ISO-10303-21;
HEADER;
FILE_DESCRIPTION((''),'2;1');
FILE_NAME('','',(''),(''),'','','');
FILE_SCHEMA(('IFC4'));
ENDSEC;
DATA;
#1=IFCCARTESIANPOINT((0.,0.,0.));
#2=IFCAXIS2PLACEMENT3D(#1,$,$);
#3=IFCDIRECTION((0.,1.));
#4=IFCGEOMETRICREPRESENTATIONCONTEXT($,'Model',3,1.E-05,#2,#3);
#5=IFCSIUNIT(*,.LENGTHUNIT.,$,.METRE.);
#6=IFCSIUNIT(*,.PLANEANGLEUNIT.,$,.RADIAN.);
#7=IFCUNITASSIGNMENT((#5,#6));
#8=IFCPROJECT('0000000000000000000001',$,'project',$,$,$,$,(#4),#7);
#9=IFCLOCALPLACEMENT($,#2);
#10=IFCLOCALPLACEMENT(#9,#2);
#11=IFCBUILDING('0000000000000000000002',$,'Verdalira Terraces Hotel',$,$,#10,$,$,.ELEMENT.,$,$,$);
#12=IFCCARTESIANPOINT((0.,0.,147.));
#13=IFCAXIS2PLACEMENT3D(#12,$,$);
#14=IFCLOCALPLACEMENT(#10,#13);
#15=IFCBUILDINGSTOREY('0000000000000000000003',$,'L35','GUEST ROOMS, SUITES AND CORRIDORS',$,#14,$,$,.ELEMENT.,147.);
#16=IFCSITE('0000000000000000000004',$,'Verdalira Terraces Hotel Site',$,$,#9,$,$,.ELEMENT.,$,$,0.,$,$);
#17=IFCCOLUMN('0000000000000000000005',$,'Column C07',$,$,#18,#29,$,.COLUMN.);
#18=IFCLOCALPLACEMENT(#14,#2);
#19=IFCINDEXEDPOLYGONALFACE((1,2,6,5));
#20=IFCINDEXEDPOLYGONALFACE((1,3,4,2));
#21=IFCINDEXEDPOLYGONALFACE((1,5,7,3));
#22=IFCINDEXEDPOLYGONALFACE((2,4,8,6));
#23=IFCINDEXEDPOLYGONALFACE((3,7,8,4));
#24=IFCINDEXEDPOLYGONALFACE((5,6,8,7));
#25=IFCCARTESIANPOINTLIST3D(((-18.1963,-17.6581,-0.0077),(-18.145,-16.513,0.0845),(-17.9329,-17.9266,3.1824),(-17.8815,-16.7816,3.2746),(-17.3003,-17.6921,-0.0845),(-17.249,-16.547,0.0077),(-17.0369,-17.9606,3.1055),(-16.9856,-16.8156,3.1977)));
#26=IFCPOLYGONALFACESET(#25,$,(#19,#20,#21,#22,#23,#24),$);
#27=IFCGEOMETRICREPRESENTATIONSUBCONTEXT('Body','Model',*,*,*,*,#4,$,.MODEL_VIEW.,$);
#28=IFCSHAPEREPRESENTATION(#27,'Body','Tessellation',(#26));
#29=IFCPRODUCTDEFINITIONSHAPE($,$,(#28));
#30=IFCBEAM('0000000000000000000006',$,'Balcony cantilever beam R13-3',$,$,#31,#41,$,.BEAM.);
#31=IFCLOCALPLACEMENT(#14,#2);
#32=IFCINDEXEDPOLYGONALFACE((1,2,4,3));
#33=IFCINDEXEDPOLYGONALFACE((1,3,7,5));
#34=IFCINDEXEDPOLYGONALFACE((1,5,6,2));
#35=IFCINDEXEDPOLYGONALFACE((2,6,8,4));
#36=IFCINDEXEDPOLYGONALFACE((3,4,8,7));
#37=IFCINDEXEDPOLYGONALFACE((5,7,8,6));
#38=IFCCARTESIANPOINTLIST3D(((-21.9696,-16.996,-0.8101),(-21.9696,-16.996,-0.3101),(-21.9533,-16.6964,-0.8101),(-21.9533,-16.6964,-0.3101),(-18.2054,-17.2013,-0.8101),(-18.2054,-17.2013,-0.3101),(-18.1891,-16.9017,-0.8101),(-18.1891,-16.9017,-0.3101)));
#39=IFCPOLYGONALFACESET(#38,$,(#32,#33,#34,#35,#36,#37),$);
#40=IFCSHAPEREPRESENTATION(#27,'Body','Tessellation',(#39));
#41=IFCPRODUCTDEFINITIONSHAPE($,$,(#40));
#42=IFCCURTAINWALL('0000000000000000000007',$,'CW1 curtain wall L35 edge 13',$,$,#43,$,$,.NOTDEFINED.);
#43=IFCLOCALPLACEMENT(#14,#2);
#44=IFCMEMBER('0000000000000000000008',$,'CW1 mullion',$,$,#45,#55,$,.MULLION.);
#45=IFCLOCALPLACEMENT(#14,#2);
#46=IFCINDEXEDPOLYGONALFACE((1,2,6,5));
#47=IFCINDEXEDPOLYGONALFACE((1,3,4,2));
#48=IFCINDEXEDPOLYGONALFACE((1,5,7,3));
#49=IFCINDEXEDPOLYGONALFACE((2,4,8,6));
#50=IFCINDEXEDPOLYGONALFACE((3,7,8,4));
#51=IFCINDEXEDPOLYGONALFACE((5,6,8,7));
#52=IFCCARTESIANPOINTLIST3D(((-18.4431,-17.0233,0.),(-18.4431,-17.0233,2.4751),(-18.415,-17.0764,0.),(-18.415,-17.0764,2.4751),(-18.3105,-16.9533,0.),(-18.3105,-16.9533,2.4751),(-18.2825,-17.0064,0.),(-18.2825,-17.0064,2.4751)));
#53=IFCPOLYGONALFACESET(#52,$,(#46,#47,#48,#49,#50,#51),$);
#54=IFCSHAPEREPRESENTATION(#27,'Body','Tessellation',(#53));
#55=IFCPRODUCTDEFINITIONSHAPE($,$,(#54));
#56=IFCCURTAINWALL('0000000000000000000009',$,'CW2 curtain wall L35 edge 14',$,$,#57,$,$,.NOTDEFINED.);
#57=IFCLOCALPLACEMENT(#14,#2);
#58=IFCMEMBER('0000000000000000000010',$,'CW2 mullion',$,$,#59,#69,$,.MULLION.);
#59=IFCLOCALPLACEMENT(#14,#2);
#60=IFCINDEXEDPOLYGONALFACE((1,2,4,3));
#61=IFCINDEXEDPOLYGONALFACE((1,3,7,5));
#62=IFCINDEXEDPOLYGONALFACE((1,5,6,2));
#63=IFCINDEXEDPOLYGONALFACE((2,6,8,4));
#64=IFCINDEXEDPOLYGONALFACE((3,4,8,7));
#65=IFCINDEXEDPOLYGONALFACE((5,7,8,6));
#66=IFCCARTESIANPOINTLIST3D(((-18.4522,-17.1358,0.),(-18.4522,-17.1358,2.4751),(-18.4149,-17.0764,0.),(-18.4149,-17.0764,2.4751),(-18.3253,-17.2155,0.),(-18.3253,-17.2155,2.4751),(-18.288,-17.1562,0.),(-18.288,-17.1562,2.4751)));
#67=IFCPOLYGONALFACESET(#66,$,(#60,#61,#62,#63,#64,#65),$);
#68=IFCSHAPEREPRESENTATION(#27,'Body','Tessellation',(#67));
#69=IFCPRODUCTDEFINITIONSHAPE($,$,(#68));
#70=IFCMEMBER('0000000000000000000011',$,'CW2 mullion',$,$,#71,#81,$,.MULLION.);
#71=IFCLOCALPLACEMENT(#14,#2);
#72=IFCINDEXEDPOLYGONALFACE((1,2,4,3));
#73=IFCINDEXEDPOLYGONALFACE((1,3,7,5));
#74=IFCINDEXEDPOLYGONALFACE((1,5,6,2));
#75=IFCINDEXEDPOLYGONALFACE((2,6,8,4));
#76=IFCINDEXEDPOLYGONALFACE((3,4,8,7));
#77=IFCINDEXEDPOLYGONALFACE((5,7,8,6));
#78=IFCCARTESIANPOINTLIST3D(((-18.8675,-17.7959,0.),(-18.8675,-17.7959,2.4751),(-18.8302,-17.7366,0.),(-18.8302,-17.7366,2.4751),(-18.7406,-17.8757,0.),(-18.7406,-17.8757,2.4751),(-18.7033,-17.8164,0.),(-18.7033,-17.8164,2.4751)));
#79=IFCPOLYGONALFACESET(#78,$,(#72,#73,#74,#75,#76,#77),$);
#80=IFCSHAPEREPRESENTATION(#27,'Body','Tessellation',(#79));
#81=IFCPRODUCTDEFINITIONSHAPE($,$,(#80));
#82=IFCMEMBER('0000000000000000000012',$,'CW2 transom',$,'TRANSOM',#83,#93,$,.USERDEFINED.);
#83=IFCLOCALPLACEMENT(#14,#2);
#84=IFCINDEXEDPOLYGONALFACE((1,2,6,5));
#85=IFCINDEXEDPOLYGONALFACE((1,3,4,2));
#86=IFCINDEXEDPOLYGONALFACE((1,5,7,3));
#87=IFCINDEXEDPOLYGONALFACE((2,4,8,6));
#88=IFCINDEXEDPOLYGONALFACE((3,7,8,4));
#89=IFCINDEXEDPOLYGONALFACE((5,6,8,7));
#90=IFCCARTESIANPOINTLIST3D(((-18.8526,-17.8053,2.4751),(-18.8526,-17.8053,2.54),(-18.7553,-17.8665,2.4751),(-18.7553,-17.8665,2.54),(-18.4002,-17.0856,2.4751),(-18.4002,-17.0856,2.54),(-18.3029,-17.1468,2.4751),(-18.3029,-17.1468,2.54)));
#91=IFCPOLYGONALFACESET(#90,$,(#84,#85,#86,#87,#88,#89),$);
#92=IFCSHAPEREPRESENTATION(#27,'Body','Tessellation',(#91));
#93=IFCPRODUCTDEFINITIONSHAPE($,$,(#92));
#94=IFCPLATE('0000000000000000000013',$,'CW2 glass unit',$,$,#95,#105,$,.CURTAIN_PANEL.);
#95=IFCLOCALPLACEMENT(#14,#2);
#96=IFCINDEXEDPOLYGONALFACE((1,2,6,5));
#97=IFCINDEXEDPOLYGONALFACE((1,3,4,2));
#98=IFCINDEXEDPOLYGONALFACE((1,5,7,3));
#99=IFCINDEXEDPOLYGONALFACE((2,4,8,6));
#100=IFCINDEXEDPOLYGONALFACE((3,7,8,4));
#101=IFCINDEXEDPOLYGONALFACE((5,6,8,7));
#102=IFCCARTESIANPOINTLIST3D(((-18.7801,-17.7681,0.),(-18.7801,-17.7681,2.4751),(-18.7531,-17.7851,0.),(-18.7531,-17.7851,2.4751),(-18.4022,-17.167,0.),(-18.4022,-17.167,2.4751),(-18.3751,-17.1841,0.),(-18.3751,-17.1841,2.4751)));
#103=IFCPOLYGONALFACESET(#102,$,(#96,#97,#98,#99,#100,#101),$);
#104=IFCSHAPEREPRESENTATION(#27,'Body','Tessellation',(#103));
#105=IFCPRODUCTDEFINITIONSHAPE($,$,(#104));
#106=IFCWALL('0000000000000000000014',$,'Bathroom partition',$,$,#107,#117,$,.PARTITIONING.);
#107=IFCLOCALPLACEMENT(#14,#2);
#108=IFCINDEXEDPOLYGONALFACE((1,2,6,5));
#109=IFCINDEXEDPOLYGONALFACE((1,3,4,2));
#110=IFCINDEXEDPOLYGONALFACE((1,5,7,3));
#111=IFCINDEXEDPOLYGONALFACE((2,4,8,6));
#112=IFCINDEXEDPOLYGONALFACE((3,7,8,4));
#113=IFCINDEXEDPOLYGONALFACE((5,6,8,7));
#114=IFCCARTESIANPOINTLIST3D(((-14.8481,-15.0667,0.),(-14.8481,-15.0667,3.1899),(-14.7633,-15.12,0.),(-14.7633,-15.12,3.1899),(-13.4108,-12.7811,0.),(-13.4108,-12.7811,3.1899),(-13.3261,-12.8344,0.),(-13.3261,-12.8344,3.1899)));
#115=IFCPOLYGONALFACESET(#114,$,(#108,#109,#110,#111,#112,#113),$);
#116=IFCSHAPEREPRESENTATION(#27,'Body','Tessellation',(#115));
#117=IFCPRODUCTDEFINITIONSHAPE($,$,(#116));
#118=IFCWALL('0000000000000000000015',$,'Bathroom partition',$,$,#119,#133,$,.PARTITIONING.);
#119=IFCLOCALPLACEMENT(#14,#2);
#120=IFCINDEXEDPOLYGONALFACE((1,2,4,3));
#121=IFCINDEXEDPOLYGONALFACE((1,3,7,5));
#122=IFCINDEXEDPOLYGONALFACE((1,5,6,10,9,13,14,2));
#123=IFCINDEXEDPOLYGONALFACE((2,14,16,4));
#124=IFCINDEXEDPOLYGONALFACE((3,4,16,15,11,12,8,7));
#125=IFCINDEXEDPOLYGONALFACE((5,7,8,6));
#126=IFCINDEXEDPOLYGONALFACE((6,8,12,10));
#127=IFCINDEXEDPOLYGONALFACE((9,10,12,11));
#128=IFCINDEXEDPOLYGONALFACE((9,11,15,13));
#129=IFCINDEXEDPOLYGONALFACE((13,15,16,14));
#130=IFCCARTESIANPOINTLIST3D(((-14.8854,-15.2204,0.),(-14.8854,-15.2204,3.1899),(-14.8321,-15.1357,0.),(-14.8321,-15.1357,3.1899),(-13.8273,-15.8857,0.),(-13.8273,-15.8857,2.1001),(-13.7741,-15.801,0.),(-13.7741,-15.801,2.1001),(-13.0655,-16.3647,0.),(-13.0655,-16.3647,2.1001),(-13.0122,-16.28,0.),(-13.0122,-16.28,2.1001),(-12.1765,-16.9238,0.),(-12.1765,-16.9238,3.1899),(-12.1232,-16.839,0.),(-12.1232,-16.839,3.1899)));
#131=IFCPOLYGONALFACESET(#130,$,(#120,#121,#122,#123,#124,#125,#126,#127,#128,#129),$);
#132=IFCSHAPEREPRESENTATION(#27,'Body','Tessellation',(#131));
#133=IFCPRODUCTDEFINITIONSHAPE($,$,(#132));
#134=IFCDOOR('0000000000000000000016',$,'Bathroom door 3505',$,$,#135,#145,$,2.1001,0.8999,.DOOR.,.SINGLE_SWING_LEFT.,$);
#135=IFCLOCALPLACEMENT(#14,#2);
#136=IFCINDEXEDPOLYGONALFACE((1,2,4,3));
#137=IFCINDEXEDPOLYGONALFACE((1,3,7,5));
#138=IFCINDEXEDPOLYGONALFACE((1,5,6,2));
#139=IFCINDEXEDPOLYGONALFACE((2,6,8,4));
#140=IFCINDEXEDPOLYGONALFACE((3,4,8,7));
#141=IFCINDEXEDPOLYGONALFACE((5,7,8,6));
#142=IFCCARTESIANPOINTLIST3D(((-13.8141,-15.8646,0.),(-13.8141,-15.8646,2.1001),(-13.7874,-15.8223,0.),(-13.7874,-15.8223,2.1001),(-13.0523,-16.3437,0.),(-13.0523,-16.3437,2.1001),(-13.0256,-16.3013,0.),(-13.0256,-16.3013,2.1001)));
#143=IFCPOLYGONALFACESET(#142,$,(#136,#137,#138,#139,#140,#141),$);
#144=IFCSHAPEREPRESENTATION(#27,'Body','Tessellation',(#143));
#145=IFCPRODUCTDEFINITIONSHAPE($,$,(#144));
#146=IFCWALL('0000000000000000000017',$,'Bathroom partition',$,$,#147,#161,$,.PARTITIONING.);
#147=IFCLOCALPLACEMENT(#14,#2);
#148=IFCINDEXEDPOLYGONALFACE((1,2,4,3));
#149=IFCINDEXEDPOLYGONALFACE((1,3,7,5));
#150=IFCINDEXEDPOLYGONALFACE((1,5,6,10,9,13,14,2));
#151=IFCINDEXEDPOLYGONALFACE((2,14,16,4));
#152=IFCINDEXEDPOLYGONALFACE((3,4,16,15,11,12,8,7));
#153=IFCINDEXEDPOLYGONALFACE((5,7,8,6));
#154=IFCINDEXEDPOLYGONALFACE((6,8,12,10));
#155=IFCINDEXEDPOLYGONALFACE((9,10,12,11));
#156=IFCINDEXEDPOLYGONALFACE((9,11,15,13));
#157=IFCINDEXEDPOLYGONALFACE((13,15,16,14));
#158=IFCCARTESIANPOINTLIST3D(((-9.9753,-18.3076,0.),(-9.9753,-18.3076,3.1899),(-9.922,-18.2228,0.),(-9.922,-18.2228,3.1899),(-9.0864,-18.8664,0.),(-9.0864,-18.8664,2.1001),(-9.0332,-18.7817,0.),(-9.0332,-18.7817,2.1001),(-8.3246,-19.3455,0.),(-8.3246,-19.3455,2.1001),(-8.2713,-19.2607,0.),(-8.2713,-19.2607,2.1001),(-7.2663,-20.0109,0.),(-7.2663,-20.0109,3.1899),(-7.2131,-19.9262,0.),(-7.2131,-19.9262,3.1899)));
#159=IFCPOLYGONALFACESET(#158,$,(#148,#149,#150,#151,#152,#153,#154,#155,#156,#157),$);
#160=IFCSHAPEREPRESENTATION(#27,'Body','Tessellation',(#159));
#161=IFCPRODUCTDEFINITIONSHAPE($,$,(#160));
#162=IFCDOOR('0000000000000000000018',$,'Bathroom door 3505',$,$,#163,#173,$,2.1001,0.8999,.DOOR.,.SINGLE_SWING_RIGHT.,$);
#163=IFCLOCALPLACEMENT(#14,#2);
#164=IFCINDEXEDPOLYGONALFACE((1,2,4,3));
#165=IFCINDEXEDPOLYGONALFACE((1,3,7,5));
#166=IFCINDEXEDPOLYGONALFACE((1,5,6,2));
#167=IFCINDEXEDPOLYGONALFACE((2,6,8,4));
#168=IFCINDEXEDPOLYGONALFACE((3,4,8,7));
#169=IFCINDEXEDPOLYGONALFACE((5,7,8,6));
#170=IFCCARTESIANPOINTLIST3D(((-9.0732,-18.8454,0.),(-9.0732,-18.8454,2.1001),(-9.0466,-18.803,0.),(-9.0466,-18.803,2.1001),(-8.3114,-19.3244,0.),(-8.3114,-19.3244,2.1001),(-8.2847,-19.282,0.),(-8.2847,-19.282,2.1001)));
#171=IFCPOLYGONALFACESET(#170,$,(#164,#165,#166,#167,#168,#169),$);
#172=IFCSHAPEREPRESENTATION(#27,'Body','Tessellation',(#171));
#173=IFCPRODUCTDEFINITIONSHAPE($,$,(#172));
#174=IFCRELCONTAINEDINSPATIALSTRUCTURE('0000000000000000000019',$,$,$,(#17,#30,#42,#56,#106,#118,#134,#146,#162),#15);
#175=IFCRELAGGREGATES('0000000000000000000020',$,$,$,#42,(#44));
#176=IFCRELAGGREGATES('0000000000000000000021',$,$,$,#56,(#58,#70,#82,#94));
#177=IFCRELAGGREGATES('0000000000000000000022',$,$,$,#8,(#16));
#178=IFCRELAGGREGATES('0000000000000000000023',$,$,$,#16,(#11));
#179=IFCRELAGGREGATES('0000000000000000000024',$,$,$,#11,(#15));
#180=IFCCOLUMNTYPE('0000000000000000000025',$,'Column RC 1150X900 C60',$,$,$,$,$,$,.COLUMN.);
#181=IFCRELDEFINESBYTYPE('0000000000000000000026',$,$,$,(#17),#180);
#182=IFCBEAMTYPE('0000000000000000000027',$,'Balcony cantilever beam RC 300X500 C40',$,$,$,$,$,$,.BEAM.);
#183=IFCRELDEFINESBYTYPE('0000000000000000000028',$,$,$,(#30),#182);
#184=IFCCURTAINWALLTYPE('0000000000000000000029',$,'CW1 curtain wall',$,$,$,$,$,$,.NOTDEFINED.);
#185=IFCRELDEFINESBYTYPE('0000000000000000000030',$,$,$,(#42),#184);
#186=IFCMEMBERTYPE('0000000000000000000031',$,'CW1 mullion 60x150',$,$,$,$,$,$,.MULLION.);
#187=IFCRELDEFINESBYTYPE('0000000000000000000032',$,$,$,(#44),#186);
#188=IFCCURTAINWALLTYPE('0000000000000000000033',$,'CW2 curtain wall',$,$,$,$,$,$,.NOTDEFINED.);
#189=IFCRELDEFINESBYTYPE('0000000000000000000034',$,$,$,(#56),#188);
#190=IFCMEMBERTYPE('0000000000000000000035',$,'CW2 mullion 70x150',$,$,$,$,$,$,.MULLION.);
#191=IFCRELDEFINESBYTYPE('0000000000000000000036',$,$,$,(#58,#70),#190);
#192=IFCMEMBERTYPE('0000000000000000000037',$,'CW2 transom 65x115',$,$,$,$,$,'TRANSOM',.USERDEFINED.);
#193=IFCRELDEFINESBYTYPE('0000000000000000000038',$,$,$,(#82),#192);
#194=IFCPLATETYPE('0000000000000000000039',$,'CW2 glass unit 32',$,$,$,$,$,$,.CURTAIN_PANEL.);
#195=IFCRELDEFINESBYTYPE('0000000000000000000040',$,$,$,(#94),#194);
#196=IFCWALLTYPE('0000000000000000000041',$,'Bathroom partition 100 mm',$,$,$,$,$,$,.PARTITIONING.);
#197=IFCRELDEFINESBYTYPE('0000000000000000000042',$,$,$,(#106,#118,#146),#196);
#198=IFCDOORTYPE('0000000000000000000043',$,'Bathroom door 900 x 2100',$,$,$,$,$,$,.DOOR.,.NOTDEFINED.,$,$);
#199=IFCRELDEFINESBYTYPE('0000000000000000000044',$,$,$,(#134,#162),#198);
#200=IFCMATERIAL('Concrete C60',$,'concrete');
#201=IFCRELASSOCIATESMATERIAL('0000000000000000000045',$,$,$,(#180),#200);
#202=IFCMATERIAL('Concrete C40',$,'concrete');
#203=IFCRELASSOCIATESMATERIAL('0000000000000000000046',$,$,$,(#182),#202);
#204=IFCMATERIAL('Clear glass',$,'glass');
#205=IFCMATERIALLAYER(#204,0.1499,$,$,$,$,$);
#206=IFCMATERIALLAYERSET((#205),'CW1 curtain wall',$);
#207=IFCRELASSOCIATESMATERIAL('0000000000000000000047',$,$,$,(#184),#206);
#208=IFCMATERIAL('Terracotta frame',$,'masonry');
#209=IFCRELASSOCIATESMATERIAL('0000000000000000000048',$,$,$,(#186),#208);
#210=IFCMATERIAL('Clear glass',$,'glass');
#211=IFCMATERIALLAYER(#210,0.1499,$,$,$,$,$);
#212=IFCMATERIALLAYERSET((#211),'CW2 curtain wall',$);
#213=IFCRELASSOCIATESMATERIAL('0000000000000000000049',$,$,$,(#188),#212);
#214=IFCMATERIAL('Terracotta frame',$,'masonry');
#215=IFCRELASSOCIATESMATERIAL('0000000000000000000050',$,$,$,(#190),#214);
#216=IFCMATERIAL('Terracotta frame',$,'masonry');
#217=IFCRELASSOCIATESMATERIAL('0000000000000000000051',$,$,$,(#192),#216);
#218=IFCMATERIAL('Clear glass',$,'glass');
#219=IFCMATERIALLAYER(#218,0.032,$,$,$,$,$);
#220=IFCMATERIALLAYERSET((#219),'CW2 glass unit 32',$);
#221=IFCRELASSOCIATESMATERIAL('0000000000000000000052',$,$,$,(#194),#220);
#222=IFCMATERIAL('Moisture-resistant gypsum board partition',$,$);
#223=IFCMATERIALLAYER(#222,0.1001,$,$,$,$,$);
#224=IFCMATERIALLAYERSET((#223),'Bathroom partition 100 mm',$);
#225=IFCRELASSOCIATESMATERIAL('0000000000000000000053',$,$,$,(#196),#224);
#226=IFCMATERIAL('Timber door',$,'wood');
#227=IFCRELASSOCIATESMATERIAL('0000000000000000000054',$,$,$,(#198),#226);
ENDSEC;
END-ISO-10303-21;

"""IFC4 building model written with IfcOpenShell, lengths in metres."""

from ifc_helpers import new_model, si_unit, direction, frame, frame_2d, origin, origin_2d, place, context, subcontext, project, spatial, rectangle, extrude, material, layer, layer_set, material_profile, profile_set, type_object, element, fill, aggregate, save


model = new_model("IFC4")

# Units and contexts
model_context = context("Model", 3, precision=1e-05, world=origin(), true_north=direction((0.0, 1.0)))
body_context = subcontext(model_context, "Body", "Model", "MODEL_VIEW")
ifc_project = project(units=[si_unit("LENGTHUNIT", "METRE"), si_unit("PLANEANGLEUNIT", "RADIAN")], contexts=[model_context])

# Site, building, storey
site_placement = place(None, origin())
site = spatial("IfcSite", under=ifc_project, at=site_placement, Name="Verdalira Terraces Hotel Site", CompositionType="ELEMENT", RefElevation=0.0)
building_placement = place(site_placement, origin())
building = spatial("IfcBuilding", under=site, at=building_placement, Name="Verdalira Terraces Hotel", CompositionType="ELEMENT")
storey_placement = place(building_placement, frame((0.0, 0.0, 147.0)))
storey = spatial("IfcBuildingStorey", under=building, at=storey_placement, Name="L35", Description="GUEST ROOMS, SUITES AND CORRIDORS", CompositionType="ELEMENT", Elevation=147.0)

# Column
ifc_material_1 = material(Name="Concrete C60", Category="concrete")
ifc_material_profile_1 = material_profile(ifc_material_1, rectangle(XDim=1.1499, YDim=0.8999, at=origin_2d()), Name="RC 1150X900")
ifc_profile_set_1 = profile_set([ifc_material_profile_1], Name="Concrete C60")
column_type = type_object("IfcColumnType", Name="Column RC 1150X900 C60", PredefinedType="COLUMN", material=ifc_profile_set_1)
column_placement = place(storey_placement, frame((-17.7227, -17.1025, 0.0), z_axis=(0.082012, -0.083609, 0.993118), x_axis=(0.044638, 0.995783, 0.080147)))
element("IfcColumn", 1, at=column_placement, inside=storey, type_object=column_type, Name="Column C07", PredefinedType="COLUMN", context=body_context, shape_type="SweptSolid", body=[
    extrude(rectangle(XDim=1.1499, YDim=0.8999, at=origin_2d()), origin(), (0.0, 0.0, 1.0), 3.2122),
])

# Beam
ifc_material_2 = material(Name="Concrete C40", Category="concrete")
ifc_material_profile_2 = material_profile(ifc_material_2, rectangle(XDim=0.3, YDim=0.5, at=origin_2d()), Name="RC 300X500")
ifc_profile_set_2 = profile_set([ifc_material_profile_2], Name="Concrete C40")
beam_type = type_object("IfcBeamType", Name="Balcony cantilever beam RC 300X500 C40", PredefinedType="BEAM", material=ifc_profile_set_2)
beam_placement = place(storey_placement, frame((-18.1973, -17.0515, -0.5601), z_axis=(-0.998516, 0.054466, 0.0), x_axis=(-0.054466, -0.998516, 0.0)))
element("IfcBeam", 2, at=beam_placement, inside=storey, type_object=beam_type, Name="Balcony cantilever beam R13-3", PredefinedType="BEAM", context=body_context, shape_type="SweptSolid", body=[
    extrude(rectangle(XDim=0.3, YDim=0.5, at=origin_2d()), origin(), (0.0, 0.0, 1.0), 3.7698),
])

# Curtain wall, member
ifc_material_3 = material(Name="Clear glass", Category="glass")
ifc_layer_1 = layer(ifc_material_3, 0.1499)
ifc_layer_set_1 = layer_set([ifc_layer_1], Name="CW1 curtain wall")
curtain_wall_type_1 = type_object("IfcCurtainWallType", Name="CW1 curtain wall", PredefinedType="NOTDEFINED", material=ifc_layer_set_1)
curtain_wall_1_placement = place(storey_placement, origin())
curtain_wall_1 = element("IfcCurtainWall", 3, at=curtain_wall_1_placement, inside=storey, type_object=curtain_wall_type_1, Name="CW1 curtain wall L35 edge 13", PredefinedType="NOTDEFINED")
ifc_material_4 = material(Name="Terracotta frame", Category="masonry")
ifc_material_profile_3 = material_profile(ifc_material_4, rectangle(XDim=0.0601, YDim=0.1499, at=origin_2d()), Name="MU 60x150")
ifc_profile_set_3 = profile_set([ifc_material_profile_3], Name="Terracotta frame")
member_type_1 = type_object("IfcMemberType", Name="CW1 mullion 60x150", PredefinedType="MULLION", material=ifc_profile_set_3)
member_1_placement = place(storey_placement, frame((-18.3628, -17.0149, 0.0), z_axis=(0.0, 0.0, 1.0), x_axis=(0.467004, -0.884255, 0.0)))
member_1 = element("IfcMember", 4, at=member_1_placement, type_object=member_type_1, Name="CW1 mullion", PredefinedType="MULLION", context=body_context, shape_type="SweptSolid", body=[
    extrude(rectangle(XDim=0.0601, YDim=0.1499, at=origin_2d()), origin(), (0.0, 0.0, 1.0), 2.4751),
])
aggregate(curtain_wall_1, [member_1])

# Curtain wall, members, plate
ifc_material_5 = material(Name="Clear glass", Category="glass")
ifc_layer_2 = layer(ifc_material_5, 0.1499)
ifc_layer_set_2 = layer_set([ifc_layer_2], Name="CW2 curtain wall")
curtain_wall_type_2 = type_object("IfcCurtainWallType", Name="CW2 curtain wall", PredefinedType="NOTDEFINED", material=ifc_layer_set_2)
curtain_wall_2_placement = place(storey_placement, origin())
curtain_wall_2 = element("IfcCurtainWall", 5, at=curtain_wall_2_placement, inside=storey, type_object=curtain_wall_type_2, Name="CW2 curtain wall L35 edge 14", PredefinedType="NOTDEFINED")
ifc_material_6 = material(Name="Terracotta frame", Category="masonry")
ifc_material_profile_4 = material_profile(ifc_material_6, rectangle(XDim=0.0701, YDim=0.1499, at=origin_2d()), Name="MU 70x150")
ifc_profile_set_4 = profile_set([ifc_material_profile_4], Name="Terracotta frame")
member_type_2 = type_object("IfcMemberType", Name="CW2 mullion 70x150", PredefinedType="MULLION", material=ifc_profile_set_4)
member_2_placement = place(storey_placement, frame((-18.3701, -17.146, 0.0), z_axis=(0.0, 0.0, 1.0), x_axis=(-0.532285, -0.846565, 0.0)))
member_2 = element("IfcMember", 6, at=member_2_placement, type_object=member_type_2, Name="CW2 mullion", PredefinedType="MULLION", context=body_context, shape_type="SweptSolid", body=[
    extrude(rectangle(XDim=0.0701, YDim=0.1499, at=origin_2d()), origin(), (0.0, 0.0, 1.0), 2.4751),
])
member_3_placement = place(storey_placement, frame((-18.7854, -17.8062, 0.0), z_axis=(0.0, 0.0, 1.0), x_axis=(-0.532285, -0.846565, 0.0)))
member_3 = element("IfcMember", 7, at=member_3_placement, type_object=member_type_2, Name="CW2 mullion", PredefinedType="MULLION", context=body_context, shape_type="SweptSolid", body=[
    extrude(rectangle(XDim=0.0701, YDim=0.1499, at=origin_2d()), origin(), (0.0, 0.0, 1.0), 2.4751),
])
ifc_material_7 = material(Name="Terracotta frame", Category="masonry")
ifc_material_profile_5 = material_profile(ifc_material_7, rectangle(XDim=0.115, YDim=0.0649, at=origin_2d()), Name="TR 65x115")
ifc_profile_set_5 = profile_set([ifc_material_profile_5], Name="Terracotta frame")
member_type_3 = type_object("IfcMemberType", Name="CW2 transom 65x115", ElementType="TRANSOM", PredefinedType="USERDEFINED", material=ifc_profile_set_5)
member_4_placement = place(storey_placement, frame((-18.3516, -17.1162, 2.5076), z_axis=(-0.532166, -0.84664, 0.0), x_axis=(0.84664, -0.532166, 0.0)))
member_4 = element("IfcMember", 8, at=member_4_placement, type_object=member_type_3, Name="CW2 transom", ObjectType="TRANSOM", PredefinedType="USERDEFINED", context=body_context, shape_type="SweptSolid", body=[
    extrude(rectangle(XDim=0.115, YDim=0.0649, at=origin_2d()), origin(), (0.0, 0.0, 1.0), 0.8501),
])
ifc_material_8 = material(Name="Clear glass", Category="glass")
ifc_layer_3 = layer(ifc_material_8, 0.032)
ifc_layer_set_3 = layer_set([ifc_layer_3], Name="CW2 glass unit 32")
plate_type = type_object("IfcPlateType", Name="CW2 glass unit 32", PredefinedType="CURTAIN_PANEL", material=ifc_layer_set_3)
plate_placement = place(storey_placement, frame((-18.5776, -17.4761, 0.0), z_axis=(0.0, 0.0, 1.0), x_axis=(-0.532285, -0.846565, 0.0)))
plate = element("IfcPlate", 9, at=plate_placement, type_object=plate_type, Name="CW2 glass unit", PredefinedType="CURTAIN_PANEL", context=body_context, shape_type="SweptSolid", body=[
    extrude(rectangle(XDim=0.71, YDim=0.032, at=origin_2d()), origin(), (0.0, 0.0, 1.0), 2.4751),
])
aggregate(curtain_wall_2, [member_2, member_3, member_4, plate])

# Wall
ifc_material_9 = material(Name="Moisture-resistant gypsum board partition")
ifc_layer_4 = layer(ifc_material_9, 0.1001)
ifc_layer_set_4 = layer_set([ifc_layer_4], Name="Bathroom partition 100 mm")
wall_type_1 = type_object("IfcWallType", Name="Bathroom partition 100 mm", PredefinedType="PARTITIONING", material=ifc_layer_set_4)
wall_1_placement = place(storey_placement, frame((-13.3684, -12.8076, 0.0), z_axis=(0.0, 0.0, 1.0), x_axis=(-0.532322, -0.846542, 0.0)))
element("IfcWall", 10, at=wall_1_placement, inside=storey, type_object=wall_type_1, Name="Bathroom partition", PredefinedType="PARTITIONING", context=body_context, shape_type="SweptSolid", body=[
    extrude(rectangle(XDim=2.7, YDim=0.1001, at=frame_2d((1.3501, 0.0))), origin(), (0.0, 0.0, 1.0), 3.1899),
])

# Walls, openings, doors
wall_2_placement = place(storey_placement, frame((-14.8589, -15.178, 0.0), z_axis=(0.0, 0.0, 1.0), x_axis=(0.846555, -0.532301, 0.0)))
wall_2 = element("IfcWall", 11, at=wall_2_placement, inside=storey, type_object=wall_type_1, Name="Bathroom partition", PredefinedType="PARTITIONING", context=body_context, shape_type="SweptSolid", body=[
    extrude(rectangle(XDim=3.2, YDim=0.1001, at=frame_2d((1.6001, 0.0))), origin(), (0.0, 0.0, 1.0), 3.1899),
])
opening_1_placement = place(wall_2_placement, frame((1.25, 0.0, 0.0)))
opening_1 = element("IfcOpeningElement", 12, at=opening_1_placement, cuts=wall_2, PredefinedType="OPENING", context=body_context, shape_type="SweptSolid", body=[
    extrude(rectangle(XDim=0.8999, YDim=2.1001, at=frame_2d((0.45, 1.05))), frame((0.0, 0.0601, 0.0), z_axis=(0.0, -1.0, 0.0), x_axis=(1.0, 0.0, 0.0)), (0.0, 0.0, 1.0), 0.1201),
])
ifc_material_10 = material(Name="Timber door", Category="wood")
door_type_1 = type_object("IfcDoorType", Name="Bathroom door 900 x 2100", OperationType="NOTDEFINED", PredefinedType="DOOR", material=ifc_material_10)
door_1_placement = place(opening_1_placement, origin())
door_1 = element("IfcDoor", 13, at=door_1_placement, inside=storey, type_object=door_type_1, Name="Bathroom door 3505", OperationType="SINGLE_SWING_LEFT", OverallHeight=2.1001, OverallWidth=0.8999, PredefinedType="DOOR", context=body_context, shape_type="SweptSolid", body=[
    extrude(rectangle(XDim=0.8999, YDim=2.1001, at=frame_2d((0.45, 1.05))), frame((0.0, 0.0249, 0.0), z_axis=(0.0, -1.0, 0.0), x_axis=(1.0, 0.0, 0.0)), (0.0, 0.0, 1.0), 0.05),
])
fill(opening_1, door_1)
wall_3_placement = place(storey_placement, frame((-9.9487, -18.2651, 0.0), z_axis=(0.0, 0.0, 1.0), x_axis=(0.846555, -0.532301, 0.0)))
wall_3 = element("IfcWall", 14, at=wall_3_placement, inside=storey, type_object=wall_type_1, Name="Bathroom partition", PredefinedType="PARTITIONING", context=body_context, shape_type="SweptSolid", body=[
    extrude(rectangle(XDim=3.2, YDim=0.1001, at=frame_2d((1.6001, 0.0))), origin(), (0.0, 0.0, 1.0), 3.1899),
])
opening_2_placement = place(wall_3_placement, frame((1.05, 0.0, 0.0)))
opening_2 = element("IfcOpeningElement", 15, at=opening_2_placement, cuts=wall_3, PredefinedType="OPENING", context=body_context, shape_type="SweptSolid", body=[
    extrude(rectangle(XDim=0.8999, YDim=2.1001, at=frame_2d((0.45, 1.05))), frame((0.0, 0.0601, 0.0), z_axis=(0.0, -1.0, 0.0), x_axis=(1.0, 0.0, 0.0)), (0.0, 0.0, 1.0), 0.1201),
])
door_2_placement = place(opening_2_placement, origin())
door_2 = element("IfcDoor", 16, at=door_2_placement, inside=storey, type_object=door_type_1, Name="Bathroom door 3505", OperationType="SINGLE_SWING_RIGHT", OverallHeight=2.1001, OverallWidth=0.8999, PredefinedType="DOOR", context=body_context, shape_type="SweptSolid", body=[
    extrude(rectangle(XDim=0.8999, YDim=2.1001, at=frame_2d((0.45, 1.05))), frame((0.0, 0.0249, 0.0), z_axis=(0.0, -1.0, 0.0), x_axis=(1.0, 0.0, 0.0)), (0.0, 0.0, 1.0), 0.05),
])
fill(opening_2, door_2)

save(model, "model.ifc")
